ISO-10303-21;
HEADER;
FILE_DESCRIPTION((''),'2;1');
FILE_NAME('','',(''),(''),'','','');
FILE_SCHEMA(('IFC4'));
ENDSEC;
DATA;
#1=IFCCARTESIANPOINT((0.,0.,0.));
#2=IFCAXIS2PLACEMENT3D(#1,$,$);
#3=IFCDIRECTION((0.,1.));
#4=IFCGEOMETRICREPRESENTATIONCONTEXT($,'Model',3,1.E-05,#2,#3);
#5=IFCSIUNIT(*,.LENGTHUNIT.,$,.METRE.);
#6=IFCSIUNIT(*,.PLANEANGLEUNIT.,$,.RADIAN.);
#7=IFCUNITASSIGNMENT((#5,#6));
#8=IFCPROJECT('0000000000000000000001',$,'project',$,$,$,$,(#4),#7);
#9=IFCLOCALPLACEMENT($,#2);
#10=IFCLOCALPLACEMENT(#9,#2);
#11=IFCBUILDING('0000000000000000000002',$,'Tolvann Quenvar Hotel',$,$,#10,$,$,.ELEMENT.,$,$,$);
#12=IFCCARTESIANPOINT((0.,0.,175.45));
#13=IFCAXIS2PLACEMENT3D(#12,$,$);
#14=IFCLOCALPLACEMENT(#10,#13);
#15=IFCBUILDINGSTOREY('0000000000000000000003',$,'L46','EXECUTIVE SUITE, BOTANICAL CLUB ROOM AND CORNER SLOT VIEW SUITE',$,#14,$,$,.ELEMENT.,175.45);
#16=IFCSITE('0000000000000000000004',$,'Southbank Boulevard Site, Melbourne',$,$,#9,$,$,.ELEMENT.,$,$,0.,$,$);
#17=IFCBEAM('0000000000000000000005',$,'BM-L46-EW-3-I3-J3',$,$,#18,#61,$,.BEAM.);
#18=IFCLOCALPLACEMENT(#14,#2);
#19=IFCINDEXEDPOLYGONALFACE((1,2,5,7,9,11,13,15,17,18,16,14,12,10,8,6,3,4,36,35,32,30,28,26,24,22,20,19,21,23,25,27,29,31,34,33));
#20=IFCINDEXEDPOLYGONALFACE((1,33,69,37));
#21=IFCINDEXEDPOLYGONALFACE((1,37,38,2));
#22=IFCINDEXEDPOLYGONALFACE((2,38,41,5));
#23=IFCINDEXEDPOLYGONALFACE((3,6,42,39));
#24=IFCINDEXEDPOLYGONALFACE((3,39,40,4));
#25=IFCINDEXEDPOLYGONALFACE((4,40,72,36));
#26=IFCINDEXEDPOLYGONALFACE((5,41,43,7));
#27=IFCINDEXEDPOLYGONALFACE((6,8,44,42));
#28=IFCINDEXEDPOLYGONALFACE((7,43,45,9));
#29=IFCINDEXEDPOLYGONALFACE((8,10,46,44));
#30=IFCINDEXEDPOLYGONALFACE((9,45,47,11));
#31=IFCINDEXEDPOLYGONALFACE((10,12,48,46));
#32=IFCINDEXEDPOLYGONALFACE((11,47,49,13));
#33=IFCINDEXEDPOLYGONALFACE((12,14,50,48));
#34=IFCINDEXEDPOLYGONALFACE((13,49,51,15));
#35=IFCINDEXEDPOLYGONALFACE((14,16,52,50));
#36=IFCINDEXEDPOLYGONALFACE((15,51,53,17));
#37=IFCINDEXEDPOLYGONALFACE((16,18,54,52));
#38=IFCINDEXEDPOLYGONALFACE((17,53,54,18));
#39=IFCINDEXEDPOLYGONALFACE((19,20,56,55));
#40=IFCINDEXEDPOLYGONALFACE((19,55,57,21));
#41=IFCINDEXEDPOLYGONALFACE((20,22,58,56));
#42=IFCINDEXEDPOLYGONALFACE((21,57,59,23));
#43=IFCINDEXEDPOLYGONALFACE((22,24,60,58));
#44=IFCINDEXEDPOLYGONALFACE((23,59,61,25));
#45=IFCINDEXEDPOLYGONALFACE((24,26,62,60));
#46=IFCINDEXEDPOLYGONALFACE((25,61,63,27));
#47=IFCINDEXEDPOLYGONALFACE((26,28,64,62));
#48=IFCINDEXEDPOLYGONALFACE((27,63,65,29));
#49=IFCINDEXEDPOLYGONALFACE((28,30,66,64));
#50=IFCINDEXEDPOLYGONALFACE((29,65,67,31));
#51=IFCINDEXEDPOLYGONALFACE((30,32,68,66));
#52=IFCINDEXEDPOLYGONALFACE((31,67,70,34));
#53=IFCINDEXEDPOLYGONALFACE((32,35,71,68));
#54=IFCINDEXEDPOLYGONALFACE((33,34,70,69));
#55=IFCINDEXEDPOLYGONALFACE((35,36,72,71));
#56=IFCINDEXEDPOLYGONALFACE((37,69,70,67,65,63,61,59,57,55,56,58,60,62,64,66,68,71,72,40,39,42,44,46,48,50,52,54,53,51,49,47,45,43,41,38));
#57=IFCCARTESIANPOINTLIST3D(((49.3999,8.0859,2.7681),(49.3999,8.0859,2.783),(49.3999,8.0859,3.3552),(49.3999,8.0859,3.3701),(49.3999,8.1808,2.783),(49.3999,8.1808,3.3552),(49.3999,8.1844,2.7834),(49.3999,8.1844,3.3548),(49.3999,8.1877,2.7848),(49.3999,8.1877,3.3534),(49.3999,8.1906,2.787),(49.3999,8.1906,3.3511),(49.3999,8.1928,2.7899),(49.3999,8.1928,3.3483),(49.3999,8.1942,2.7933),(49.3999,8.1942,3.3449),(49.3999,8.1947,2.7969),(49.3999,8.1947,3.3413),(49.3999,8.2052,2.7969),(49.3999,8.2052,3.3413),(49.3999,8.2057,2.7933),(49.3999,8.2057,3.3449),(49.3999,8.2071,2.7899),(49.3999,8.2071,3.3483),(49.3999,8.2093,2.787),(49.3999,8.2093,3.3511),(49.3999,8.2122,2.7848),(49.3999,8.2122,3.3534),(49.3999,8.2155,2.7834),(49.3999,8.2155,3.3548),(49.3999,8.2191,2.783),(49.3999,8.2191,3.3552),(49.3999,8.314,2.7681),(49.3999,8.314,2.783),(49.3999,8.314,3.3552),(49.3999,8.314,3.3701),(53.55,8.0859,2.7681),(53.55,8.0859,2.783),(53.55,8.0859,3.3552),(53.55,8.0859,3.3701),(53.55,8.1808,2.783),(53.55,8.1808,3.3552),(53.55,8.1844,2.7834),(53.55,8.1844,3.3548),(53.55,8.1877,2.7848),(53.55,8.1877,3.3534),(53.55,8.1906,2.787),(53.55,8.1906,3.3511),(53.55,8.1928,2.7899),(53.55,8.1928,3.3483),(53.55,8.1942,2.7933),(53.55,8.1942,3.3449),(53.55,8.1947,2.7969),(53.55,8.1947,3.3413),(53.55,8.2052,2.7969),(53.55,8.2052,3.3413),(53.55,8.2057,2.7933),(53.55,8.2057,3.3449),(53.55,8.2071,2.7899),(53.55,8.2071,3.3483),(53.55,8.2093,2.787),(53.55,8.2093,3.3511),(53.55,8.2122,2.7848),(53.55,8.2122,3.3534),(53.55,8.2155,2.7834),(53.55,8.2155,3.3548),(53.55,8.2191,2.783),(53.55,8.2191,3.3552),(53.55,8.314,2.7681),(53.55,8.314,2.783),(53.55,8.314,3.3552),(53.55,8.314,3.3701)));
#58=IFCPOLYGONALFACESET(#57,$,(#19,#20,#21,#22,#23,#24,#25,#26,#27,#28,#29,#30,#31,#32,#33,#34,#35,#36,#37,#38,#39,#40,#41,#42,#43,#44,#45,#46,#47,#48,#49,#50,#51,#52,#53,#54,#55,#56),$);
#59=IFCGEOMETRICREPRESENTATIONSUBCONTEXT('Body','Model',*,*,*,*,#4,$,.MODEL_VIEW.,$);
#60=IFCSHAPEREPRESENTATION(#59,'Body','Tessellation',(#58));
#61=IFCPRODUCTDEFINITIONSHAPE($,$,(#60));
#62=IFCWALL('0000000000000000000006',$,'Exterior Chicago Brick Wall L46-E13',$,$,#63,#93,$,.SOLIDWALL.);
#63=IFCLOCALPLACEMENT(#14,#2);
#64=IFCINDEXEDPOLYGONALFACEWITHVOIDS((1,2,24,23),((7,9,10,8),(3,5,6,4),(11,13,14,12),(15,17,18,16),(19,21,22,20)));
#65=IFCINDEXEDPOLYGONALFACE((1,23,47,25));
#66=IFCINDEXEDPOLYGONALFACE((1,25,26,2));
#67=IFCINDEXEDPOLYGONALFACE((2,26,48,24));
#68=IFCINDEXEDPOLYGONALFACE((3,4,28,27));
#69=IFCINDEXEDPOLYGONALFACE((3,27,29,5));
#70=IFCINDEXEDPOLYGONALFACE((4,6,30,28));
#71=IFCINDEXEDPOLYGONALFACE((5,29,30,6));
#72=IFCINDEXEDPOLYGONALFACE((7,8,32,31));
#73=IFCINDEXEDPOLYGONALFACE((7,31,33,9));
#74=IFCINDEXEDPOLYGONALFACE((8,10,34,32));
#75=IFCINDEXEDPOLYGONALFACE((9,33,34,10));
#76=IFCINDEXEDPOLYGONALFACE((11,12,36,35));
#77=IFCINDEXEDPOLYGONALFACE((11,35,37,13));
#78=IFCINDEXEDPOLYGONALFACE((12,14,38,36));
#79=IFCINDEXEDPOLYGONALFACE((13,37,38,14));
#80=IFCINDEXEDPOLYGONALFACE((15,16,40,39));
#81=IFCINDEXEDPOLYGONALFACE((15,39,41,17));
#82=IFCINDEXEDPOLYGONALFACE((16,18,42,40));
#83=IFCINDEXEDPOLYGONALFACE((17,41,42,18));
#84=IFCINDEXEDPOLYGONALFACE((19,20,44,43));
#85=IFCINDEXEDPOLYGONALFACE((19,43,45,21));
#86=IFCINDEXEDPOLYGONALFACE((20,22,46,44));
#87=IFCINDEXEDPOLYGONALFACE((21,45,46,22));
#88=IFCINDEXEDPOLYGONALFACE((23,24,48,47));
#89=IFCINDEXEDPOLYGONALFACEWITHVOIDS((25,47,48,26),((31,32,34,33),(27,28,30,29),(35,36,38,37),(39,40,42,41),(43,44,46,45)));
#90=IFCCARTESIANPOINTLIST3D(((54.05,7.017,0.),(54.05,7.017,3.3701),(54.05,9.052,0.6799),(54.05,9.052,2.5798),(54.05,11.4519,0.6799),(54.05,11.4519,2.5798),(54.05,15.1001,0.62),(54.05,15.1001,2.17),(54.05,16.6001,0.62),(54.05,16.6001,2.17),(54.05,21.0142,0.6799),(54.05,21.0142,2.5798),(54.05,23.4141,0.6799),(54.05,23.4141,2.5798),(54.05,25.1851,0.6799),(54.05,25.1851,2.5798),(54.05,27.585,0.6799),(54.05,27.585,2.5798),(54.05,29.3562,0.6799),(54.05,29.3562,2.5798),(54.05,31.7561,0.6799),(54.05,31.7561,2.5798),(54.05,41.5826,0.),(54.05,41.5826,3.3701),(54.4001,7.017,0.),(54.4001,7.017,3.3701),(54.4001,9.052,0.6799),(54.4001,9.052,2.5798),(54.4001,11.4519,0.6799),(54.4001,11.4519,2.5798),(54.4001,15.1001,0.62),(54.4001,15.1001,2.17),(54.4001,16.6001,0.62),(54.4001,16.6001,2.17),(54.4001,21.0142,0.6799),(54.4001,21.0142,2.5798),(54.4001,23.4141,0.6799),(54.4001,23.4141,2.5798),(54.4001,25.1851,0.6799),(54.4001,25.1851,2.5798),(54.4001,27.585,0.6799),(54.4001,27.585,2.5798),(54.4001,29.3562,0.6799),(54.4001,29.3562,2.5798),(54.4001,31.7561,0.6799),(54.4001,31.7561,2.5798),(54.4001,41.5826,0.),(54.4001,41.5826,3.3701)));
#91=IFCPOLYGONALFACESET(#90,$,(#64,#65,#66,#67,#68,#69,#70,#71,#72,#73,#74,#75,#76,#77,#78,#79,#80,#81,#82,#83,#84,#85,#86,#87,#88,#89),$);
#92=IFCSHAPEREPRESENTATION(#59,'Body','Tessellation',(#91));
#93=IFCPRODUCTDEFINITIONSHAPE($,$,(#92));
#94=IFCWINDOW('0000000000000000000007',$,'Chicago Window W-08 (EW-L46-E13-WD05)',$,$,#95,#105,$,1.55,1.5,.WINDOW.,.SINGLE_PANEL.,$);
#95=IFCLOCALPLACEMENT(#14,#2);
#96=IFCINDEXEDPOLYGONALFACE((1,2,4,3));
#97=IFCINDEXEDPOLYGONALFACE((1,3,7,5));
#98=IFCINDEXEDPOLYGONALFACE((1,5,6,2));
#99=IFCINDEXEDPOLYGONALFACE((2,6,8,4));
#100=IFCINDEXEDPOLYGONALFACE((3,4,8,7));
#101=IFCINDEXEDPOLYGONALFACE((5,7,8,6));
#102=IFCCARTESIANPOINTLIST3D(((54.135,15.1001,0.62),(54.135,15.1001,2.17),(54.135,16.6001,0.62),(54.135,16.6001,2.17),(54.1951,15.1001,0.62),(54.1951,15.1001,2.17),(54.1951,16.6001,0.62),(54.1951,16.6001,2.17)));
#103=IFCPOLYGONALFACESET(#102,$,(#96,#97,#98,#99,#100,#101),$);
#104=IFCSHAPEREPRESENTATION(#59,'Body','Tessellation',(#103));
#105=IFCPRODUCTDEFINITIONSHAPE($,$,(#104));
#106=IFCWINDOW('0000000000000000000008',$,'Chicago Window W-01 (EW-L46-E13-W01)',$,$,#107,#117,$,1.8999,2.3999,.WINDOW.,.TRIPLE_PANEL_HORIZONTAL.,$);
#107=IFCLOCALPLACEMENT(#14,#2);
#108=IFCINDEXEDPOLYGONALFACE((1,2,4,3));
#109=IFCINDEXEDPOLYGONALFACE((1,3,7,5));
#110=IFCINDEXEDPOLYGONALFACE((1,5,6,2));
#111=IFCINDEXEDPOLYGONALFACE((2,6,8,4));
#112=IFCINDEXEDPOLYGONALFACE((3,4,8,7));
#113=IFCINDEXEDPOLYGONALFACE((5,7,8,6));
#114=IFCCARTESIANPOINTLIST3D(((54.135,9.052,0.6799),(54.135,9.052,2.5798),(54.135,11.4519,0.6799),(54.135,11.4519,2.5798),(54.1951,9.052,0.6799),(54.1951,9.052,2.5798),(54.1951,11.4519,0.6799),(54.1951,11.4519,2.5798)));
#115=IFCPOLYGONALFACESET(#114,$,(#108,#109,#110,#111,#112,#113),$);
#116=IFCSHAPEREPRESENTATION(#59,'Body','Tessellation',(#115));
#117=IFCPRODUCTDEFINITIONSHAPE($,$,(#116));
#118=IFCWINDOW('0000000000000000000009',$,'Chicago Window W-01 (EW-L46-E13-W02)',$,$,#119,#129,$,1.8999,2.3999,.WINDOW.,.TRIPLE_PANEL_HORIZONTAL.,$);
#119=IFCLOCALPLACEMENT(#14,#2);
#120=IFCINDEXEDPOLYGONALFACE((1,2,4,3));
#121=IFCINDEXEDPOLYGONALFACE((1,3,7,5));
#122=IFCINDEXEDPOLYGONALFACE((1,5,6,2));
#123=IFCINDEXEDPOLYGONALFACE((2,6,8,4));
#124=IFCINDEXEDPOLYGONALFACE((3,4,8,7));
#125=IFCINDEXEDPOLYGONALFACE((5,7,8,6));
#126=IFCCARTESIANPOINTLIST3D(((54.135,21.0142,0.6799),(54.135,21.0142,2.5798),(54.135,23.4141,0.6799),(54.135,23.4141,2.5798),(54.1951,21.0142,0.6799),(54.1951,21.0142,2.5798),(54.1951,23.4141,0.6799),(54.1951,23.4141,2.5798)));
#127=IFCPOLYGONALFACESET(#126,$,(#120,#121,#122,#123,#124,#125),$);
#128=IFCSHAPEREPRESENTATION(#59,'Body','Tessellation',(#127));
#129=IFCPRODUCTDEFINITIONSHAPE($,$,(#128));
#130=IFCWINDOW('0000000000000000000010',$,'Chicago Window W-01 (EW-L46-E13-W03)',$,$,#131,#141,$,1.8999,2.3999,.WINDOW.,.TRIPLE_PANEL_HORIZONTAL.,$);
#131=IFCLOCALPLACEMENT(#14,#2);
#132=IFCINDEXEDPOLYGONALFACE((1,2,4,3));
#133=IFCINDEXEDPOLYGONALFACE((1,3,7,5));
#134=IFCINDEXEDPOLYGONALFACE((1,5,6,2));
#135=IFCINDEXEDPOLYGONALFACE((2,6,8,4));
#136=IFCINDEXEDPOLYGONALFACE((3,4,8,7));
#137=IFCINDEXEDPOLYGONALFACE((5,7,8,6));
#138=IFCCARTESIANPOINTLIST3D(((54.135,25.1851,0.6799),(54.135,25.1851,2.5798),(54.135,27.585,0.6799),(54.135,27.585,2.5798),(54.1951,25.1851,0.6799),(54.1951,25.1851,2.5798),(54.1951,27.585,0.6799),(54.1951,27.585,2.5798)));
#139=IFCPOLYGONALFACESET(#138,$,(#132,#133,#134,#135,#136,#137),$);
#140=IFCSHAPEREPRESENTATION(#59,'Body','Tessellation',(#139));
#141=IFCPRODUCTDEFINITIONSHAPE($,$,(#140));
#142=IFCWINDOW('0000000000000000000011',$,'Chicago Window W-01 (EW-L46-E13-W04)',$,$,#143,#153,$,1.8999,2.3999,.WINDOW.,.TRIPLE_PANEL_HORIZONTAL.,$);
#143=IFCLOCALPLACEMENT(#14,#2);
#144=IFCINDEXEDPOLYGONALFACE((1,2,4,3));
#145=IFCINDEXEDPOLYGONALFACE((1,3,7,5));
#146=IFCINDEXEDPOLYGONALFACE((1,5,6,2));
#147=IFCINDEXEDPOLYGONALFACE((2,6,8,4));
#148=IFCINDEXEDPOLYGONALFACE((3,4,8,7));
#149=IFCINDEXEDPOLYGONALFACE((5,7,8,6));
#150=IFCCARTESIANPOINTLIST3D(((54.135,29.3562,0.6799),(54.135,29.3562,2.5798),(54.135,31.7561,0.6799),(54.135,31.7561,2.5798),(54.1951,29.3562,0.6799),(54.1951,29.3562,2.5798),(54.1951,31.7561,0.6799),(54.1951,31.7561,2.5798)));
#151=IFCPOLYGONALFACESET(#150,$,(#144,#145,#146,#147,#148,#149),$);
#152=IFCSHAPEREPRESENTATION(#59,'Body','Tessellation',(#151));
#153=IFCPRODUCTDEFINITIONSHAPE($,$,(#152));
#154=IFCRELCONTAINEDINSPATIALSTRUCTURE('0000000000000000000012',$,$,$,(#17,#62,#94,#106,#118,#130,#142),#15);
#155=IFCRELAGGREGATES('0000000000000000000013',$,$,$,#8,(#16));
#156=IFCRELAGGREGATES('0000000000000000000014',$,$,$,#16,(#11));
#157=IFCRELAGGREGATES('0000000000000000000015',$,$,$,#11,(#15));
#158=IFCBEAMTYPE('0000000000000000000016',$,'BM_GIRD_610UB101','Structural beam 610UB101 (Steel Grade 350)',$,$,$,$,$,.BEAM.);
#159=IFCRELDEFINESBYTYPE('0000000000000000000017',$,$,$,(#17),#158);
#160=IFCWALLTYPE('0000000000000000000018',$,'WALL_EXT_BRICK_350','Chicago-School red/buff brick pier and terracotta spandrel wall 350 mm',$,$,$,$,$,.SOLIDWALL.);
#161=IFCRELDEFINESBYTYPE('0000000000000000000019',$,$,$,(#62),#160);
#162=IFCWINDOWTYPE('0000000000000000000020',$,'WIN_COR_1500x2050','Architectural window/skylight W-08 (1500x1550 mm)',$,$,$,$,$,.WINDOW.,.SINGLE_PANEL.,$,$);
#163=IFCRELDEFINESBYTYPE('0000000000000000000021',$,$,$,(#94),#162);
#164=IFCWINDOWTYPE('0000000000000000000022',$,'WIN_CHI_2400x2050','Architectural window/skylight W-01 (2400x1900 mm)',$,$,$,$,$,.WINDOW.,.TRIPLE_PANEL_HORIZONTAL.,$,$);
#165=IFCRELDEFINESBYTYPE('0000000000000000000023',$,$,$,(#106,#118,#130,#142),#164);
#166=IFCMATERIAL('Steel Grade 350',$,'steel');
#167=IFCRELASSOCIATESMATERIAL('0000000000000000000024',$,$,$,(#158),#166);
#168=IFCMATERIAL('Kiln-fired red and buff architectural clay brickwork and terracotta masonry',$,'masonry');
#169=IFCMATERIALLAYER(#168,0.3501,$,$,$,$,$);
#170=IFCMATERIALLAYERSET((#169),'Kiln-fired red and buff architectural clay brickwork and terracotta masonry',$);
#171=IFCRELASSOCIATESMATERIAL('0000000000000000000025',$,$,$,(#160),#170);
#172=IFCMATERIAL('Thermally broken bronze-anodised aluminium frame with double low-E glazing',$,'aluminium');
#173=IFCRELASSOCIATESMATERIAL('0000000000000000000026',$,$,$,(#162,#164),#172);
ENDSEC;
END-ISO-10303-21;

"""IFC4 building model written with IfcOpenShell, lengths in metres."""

from ifc_helpers import new_model, si_unit, direction, frame, frame_2d, origin, origin_2d, place, context, subcontext, project, spatial, rectangle, i_section, extrude, source, transform, mapped, material, layer, layer_set, material_profile, profile_set, type_object, type_shapes, element, fill, save


model = new_model("IFC4")

# Units and contexts
model_context = context("Model", 3, precision=1e-05, world=origin(), true_north=direction((0.0, 1.0)))
body_context = subcontext(model_context, "Body", "Model", "MODEL_VIEW")
ifc_project = project(units=[si_unit("LENGTHUNIT", "METRE"), si_unit("PLANEANGLEUNIT", "RADIAN")], contexts=[model_context])

# Site, building, storey
site_placement = place(None, origin())
site = spatial("IfcSite", under=ifc_project, at=site_placement, Name="Southbank Boulevard Site, Melbourne", CompositionType="ELEMENT", RefElevation=0.0)
building_placement = place(site_placement, origin())
building = spatial("IfcBuilding", under=site, at=building_placement, Name="Tolvann Quenvar Hotel", CompositionType="ELEMENT")
storey_placement = place(building_placement, frame((0.0, 0.0, 175.45)))
storey = spatial("IfcBuildingStorey", under=building, at=storey_placement, Name="L46", Description="EXECUTIVE SUITE, BOTANICAL CLUB ROOM AND CORNER SLOT VIEW SUITE", CompositionType="ELEMENT", Elevation=175.45)

# Shared definitions
ifc_material_1 = material(Name="Steel Grade 350", Category="steel")

# Beam
ifc_material_profile_1 = material_profile(ifc_material_1, i_section(OverallWidth=0.228, OverallDepth=0.6021, WebThickness=0.0105, FlangeThickness=0.0149, FilletRadius=0.0139, at=origin_2d()), Name="610UB101")
ifc_profile_set_1 = profile_set([ifc_material_profile_1], Name="Steel Grade 350")
beam_type_1 = type_object("IfcBeamType", Name="BM_GIRD_610UB101", Description="Structural beam 610UB101 (Steel Grade 350)", PredefinedType="BEAM", material=ifc_profile_set_1)
shared_shape_1 = source(origin(), body_context, "Body", "SweptSolid", [
    extrude(i_section(OverallWidth=0.228, OverallDepth=0.6021, WebThickness=0.0105, FlangeThickness=0.0149, FilletRadius=0.0139, at=origin_2d()), origin(), (0.0, 0.0, 1.0), 4.1501),
])
type_shapes(beam_type_1, [shared_shape_1])
beam_1_placement = place(storey_placement, frame((49.3999, 8.2, 3.0691), z_axis=(1.0, 0.0, 0.0), x_axis=(0.0, 1.0, 0.0)))
element("IfcBeam", 1, at=beam_1_placement, inside=storey, type_object=beam_type_1, Name="BM-L46-EW-3-I3-J3", PredefinedType="BEAM", context=body_context, shape_type="MappedRepresentation", body=[
    mapped(shared_shape_1, transform((0.0, 0.0, 0.0), x_axis=(1.0, 0.0, 0.0), y_axis=(0.0, 1.0, 0.0), z_axis=(0.0, 0.0, 1.0), scale=1.0)),
])

# Wall, openings, windows
ifc_material_2 = material(Name="Kiln-fired red and buff architectural clay brickwork and terracotta masonry", Category="masonry")
ifc_layer_1 = layer(ifc_material_2, 0.3501)
ifc_layer_set_1 = layer_set([ifc_layer_1], Name="Kiln-fired red and buff architectural clay brickwork and terracotta masonry")
wall_type_1 = type_object("IfcWallType", Name="WALL_EXT_BRICK_350", Description="Chicago-School red/buff brick pier and terracotta spandrel wall 350 mm", PredefinedType="SOLIDWALL", material=ifc_layer_set_1)
wall_1_placement = place(storey_placement, frame((54.2251, 7.0171, 0.0), z_axis=(0.0, 0.0, 1.0), x_axis=(0.0, 1.0, 0.0)))
wall_1 = element("IfcWall", 2, at=wall_1_placement, inside=storey, type_object=wall_type_1, Name="Exterior Chicago Brick Wall L46-E13", PredefinedType="SOLIDWALL", context=body_context, shape_type="SweptSolid", body=[
    extrude(rectangle(XDim=34.5657, YDim=0.3501, at=frame_2d((17.2827, 0.0))), origin(), (0.0, 0.0, 1.0), 3.3701),
])
opening_1_placement = place(wall_1_placement, frame((2.0349, 0.0, 0.6799)))
opening_1 = element("IfcOpeningElement", 3, at=opening_1_placement, cuts=wall_1, PredefinedType="OPENING", context=body_context, shape_type="SweptSolid", body=[
    extrude(rectangle(XDim=2.3999, YDim=1.8999, at=frame_2d((1.2, 0.95))), frame((0.0, 0.1851, 0.0), z_axis=(0.0, -1.0, 0.0), x_axis=(1.0, 0.0, 0.0)), (0.0, 0.0, 1.0), 0.3701),
])
opening_2_placement = place(wall_1_placement, frame((13.9971, 0.0, 0.6799)))
opening_2 = element("IfcOpeningElement", 4, at=opening_2_placement, cuts=wall_1, PredefinedType="OPENING", context=body_context, shape_type="SweptSolid", body=[
    extrude(rectangle(XDim=2.3999, YDim=1.8999, at=frame_2d((1.2, 0.95))), frame((0.0, 0.1851, 0.0), z_axis=(0.0, -1.0, 0.0), x_axis=(1.0, 0.0, 0.0)), (0.0, 0.0, 1.0), 0.3701),
])
opening_3_placement = place(wall_1_placement, frame((18.168, 0.0, 0.6799)))
opening_3 = element("IfcOpeningElement", 5, at=opening_3_placement, cuts=wall_1, PredefinedType="OPENING", context=body_context, shape_type="SweptSolid", body=[
    extrude(rectangle(XDim=2.3999, YDim=1.8999, at=frame_2d((1.2, 0.95))), frame((0.0, 0.1851, 0.0), z_axis=(0.0, -1.0, 0.0), x_axis=(1.0, 0.0, 0.0)), (0.0, 0.0, 1.0), 0.3701),
])
opening_4_placement = place(wall_1_placement, frame((22.3391, 0.0, 0.6799)))
opening_4 = element("IfcOpeningElement", 6, at=opening_4_placement, cuts=wall_1, PredefinedType="OPENING", context=body_context, shape_type="SweptSolid", body=[
    extrude(rectangle(XDim=2.3999, YDim=1.8999, at=frame_2d((1.2, 0.95))), frame((0.0, 0.1851, 0.0), z_axis=(0.0, -1.0, 0.0), x_axis=(1.0, 0.0, 0.0)), (0.0, 0.0, 1.0), 0.3701),
])
opening_5_placement = place(wall_1_placement, frame((8.083, 0.0, 0.6201)))
opening_5 = element("IfcOpeningElement", 7, at=opening_5_placement, cuts=wall_1, PredefinedType="OPENING", context=body_context, shape_type="SweptSolid", body=[
    extrude(rectangle(XDim=1.5, YDim=1.55, at=frame_2d((0.75, 0.7749))), frame((0.0, 0.1851, 0.0), z_axis=(0.0, -1.0, 0.0), x_axis=(1.0, 0.0, 0.0)), (0.0, 0.0, 1.0), 0.3701),
])
ifc_material_3 = material(Name="Thermally broken bronze-anodised aluminium frame with double low-E glazing", Category="aluminium")
window_type_1 = type_object("IfcWindowType", Name="WIN_COR_1500x2050", Description="Architectural window/skylight W-08 (1500x1550 mm)", PartitioningType="SINGLE_PANEL", PredefinedType="WINDOW", material=ifc_material_3)
shared_shape_2 = source(origin(), body_context, "Body", "SweptSolid", [
    extrude(rectangle(XDim=1.5, YDim=1.55, at=frame_2d((0.75, 0.7749))), frame((0.0, 0.0901, 0.0), z_axis=(0.0, -1.0, 0.0), x_axis=(1.0, 0.0, 0.0)), (0.0, 0.0, 1.0), 0.0601),
])
type_shapes(window_type_1, [shared_shape_2])
window_1_placement = place(opening_5_placement, origin())
window_1 = element("IfcWindow", 8, at=window_1_placement, inside=storey, type_object=window_type_1, Name="Chicago Window W-08 (EW-L46-E13-WD05)", OverallHeight=1.55, OverallWidth=1.5, PartitioningType="SINGLE_PANEL", PredefinedType="WINDOW", context=body_context, shape_type="MappedRepresentation", body=[
    mapped(shared_shape_2, transform((0.0, 0.0, 0.0), x_axis=(1.0, 0.0, 0.0), y_axis=(0.0, 1.0, 0.0), z_axis=(0.0, 0.0, 1.0), scale=1.0)),
])
fill(opening_5, window_1)
window_type_2 = type_object("IfcWindowType", Name="WIN_CHI_2400x2050", Description="Architectural window/skylight W-01 (2400x1900 mm)", PartitioningType="TRIPLE_PANEL_HORIZONTAL", PredefinedType="WINDOW", material=ifc_material_3)
shared_shape_3 = source(origin(), body_context, "Body", "SweptSolid", [
    extrude(rectangle(XDim=2.3999, YDim=1.8999, at=frame_2d((1.2, 0.95))), frame((0.0, 0.0901, 0.0), z_axis=(0.0, -1.0, 0.0), x_axis=(1.0, 0.0, 0.0)), (0.0, 0.0, 1.0), 0.0601),
])
type_shapes(window_type_2, [shared_shape_3])
window_2_placement = place(opening_1_placement, origin())
window_2 = element("IfcWindow", 9, at=window_2_placement, inside=storey, type_object=window_type_2, Name="Chicago Window W-01 (EW-L46-E13-W01)", OverallHeight=1.8999, OverallWidth=2.3999, PartitioningType="TRIPLE_PANEL_HORIZONTAL", PredefinedType="WINDOW", context=body_context, shape_type="MappedRepresentation", body=[
    mapped(shared_shape_3, transform((0.0, 0.0, 0.0), x_axis=(1.0, 0.0, 0.0), y_axis=(0.0, 1.0, 0.0), z_axis=(0.0, 0.0, 1.0), scale=1.0)),
])
fill(opening_1, window_2)
window_3_placement = place(opening_2_placement, origin())
window_3 = element("IfcWindow", 10, at=window_3_placement, inside=storey, type_object=window_type_2, Name="Chicago Window W-01 (EW-L46-E13-W02)", OverallHeight=1.8999, OverallWidth=2.3999, PartitioningType="TRIPLE_PANEL_HORIZONTAL", PredefinedType="WINDOW", context=body_context, shape_type="MappedRepresentation", body=[
    mapped(shared_shape_3, transform((0.0, 0.0, 0.0), x_axis=(1.0, 0.0, 0.0), y_axis=(0.0, 1.0, 0.0), z_axis=(0.0, 0.0, 1.0), scale=1.0)),
])
fill(opening_2, window_3)
window_4_placement = place(opening_3_placement, origin())
window_4 = element("IfcWindow", 11, at=window_4_placement, inside=storey, type_object=window_type_2, Name="Chicago Window W-01 (EW-L46-E13-W03)", OverallHeight=1.8999, OverallWidth=2.3999, PartitioningType="TRIPLE_PANEL_HORIZONTAL", PredefinedType="WINDOW", context=body_context, shape_type="MappedRepresentation", body=[
    mapped(shared_shape_3, transform((0.0, 0.0, 0.0), x_axis=(1.0, 0.0, 0.0), y_axis=(0.0, 1.0, 0.0), z_axis=(0.0, 0.0, 1.0), scale=1.0)),
])
fill(opening_3, window_4)
window_5_placement = place(opening_4_placement, origin())
window_5 = element("IfcWindow", 12, at=window_5_placement, inside=storey, type_object=window_type_2, Name="Chicago Window W-01 (EW-L46-E13-W04)", OverallHeight=1.8999, OverallWidth=2.3999, PartitioningType="TRIPLE_PANEL_HORIZONTAL", PredefinedType="WINDOW", context=body_context, shape_type="MappedRepresentation", body=[
    mapped(shared_shape_3, transform((0.0, 0.0, 0.0), x_axis=(1.0, 0.0, 0.0), y_axis=(0.0, 1.0, 0.0), z_axis=(0.0, 0.0, 1.0), scale=1.0)),
])
fill(opening_4, window_5)

save(model, "model.ifc")
